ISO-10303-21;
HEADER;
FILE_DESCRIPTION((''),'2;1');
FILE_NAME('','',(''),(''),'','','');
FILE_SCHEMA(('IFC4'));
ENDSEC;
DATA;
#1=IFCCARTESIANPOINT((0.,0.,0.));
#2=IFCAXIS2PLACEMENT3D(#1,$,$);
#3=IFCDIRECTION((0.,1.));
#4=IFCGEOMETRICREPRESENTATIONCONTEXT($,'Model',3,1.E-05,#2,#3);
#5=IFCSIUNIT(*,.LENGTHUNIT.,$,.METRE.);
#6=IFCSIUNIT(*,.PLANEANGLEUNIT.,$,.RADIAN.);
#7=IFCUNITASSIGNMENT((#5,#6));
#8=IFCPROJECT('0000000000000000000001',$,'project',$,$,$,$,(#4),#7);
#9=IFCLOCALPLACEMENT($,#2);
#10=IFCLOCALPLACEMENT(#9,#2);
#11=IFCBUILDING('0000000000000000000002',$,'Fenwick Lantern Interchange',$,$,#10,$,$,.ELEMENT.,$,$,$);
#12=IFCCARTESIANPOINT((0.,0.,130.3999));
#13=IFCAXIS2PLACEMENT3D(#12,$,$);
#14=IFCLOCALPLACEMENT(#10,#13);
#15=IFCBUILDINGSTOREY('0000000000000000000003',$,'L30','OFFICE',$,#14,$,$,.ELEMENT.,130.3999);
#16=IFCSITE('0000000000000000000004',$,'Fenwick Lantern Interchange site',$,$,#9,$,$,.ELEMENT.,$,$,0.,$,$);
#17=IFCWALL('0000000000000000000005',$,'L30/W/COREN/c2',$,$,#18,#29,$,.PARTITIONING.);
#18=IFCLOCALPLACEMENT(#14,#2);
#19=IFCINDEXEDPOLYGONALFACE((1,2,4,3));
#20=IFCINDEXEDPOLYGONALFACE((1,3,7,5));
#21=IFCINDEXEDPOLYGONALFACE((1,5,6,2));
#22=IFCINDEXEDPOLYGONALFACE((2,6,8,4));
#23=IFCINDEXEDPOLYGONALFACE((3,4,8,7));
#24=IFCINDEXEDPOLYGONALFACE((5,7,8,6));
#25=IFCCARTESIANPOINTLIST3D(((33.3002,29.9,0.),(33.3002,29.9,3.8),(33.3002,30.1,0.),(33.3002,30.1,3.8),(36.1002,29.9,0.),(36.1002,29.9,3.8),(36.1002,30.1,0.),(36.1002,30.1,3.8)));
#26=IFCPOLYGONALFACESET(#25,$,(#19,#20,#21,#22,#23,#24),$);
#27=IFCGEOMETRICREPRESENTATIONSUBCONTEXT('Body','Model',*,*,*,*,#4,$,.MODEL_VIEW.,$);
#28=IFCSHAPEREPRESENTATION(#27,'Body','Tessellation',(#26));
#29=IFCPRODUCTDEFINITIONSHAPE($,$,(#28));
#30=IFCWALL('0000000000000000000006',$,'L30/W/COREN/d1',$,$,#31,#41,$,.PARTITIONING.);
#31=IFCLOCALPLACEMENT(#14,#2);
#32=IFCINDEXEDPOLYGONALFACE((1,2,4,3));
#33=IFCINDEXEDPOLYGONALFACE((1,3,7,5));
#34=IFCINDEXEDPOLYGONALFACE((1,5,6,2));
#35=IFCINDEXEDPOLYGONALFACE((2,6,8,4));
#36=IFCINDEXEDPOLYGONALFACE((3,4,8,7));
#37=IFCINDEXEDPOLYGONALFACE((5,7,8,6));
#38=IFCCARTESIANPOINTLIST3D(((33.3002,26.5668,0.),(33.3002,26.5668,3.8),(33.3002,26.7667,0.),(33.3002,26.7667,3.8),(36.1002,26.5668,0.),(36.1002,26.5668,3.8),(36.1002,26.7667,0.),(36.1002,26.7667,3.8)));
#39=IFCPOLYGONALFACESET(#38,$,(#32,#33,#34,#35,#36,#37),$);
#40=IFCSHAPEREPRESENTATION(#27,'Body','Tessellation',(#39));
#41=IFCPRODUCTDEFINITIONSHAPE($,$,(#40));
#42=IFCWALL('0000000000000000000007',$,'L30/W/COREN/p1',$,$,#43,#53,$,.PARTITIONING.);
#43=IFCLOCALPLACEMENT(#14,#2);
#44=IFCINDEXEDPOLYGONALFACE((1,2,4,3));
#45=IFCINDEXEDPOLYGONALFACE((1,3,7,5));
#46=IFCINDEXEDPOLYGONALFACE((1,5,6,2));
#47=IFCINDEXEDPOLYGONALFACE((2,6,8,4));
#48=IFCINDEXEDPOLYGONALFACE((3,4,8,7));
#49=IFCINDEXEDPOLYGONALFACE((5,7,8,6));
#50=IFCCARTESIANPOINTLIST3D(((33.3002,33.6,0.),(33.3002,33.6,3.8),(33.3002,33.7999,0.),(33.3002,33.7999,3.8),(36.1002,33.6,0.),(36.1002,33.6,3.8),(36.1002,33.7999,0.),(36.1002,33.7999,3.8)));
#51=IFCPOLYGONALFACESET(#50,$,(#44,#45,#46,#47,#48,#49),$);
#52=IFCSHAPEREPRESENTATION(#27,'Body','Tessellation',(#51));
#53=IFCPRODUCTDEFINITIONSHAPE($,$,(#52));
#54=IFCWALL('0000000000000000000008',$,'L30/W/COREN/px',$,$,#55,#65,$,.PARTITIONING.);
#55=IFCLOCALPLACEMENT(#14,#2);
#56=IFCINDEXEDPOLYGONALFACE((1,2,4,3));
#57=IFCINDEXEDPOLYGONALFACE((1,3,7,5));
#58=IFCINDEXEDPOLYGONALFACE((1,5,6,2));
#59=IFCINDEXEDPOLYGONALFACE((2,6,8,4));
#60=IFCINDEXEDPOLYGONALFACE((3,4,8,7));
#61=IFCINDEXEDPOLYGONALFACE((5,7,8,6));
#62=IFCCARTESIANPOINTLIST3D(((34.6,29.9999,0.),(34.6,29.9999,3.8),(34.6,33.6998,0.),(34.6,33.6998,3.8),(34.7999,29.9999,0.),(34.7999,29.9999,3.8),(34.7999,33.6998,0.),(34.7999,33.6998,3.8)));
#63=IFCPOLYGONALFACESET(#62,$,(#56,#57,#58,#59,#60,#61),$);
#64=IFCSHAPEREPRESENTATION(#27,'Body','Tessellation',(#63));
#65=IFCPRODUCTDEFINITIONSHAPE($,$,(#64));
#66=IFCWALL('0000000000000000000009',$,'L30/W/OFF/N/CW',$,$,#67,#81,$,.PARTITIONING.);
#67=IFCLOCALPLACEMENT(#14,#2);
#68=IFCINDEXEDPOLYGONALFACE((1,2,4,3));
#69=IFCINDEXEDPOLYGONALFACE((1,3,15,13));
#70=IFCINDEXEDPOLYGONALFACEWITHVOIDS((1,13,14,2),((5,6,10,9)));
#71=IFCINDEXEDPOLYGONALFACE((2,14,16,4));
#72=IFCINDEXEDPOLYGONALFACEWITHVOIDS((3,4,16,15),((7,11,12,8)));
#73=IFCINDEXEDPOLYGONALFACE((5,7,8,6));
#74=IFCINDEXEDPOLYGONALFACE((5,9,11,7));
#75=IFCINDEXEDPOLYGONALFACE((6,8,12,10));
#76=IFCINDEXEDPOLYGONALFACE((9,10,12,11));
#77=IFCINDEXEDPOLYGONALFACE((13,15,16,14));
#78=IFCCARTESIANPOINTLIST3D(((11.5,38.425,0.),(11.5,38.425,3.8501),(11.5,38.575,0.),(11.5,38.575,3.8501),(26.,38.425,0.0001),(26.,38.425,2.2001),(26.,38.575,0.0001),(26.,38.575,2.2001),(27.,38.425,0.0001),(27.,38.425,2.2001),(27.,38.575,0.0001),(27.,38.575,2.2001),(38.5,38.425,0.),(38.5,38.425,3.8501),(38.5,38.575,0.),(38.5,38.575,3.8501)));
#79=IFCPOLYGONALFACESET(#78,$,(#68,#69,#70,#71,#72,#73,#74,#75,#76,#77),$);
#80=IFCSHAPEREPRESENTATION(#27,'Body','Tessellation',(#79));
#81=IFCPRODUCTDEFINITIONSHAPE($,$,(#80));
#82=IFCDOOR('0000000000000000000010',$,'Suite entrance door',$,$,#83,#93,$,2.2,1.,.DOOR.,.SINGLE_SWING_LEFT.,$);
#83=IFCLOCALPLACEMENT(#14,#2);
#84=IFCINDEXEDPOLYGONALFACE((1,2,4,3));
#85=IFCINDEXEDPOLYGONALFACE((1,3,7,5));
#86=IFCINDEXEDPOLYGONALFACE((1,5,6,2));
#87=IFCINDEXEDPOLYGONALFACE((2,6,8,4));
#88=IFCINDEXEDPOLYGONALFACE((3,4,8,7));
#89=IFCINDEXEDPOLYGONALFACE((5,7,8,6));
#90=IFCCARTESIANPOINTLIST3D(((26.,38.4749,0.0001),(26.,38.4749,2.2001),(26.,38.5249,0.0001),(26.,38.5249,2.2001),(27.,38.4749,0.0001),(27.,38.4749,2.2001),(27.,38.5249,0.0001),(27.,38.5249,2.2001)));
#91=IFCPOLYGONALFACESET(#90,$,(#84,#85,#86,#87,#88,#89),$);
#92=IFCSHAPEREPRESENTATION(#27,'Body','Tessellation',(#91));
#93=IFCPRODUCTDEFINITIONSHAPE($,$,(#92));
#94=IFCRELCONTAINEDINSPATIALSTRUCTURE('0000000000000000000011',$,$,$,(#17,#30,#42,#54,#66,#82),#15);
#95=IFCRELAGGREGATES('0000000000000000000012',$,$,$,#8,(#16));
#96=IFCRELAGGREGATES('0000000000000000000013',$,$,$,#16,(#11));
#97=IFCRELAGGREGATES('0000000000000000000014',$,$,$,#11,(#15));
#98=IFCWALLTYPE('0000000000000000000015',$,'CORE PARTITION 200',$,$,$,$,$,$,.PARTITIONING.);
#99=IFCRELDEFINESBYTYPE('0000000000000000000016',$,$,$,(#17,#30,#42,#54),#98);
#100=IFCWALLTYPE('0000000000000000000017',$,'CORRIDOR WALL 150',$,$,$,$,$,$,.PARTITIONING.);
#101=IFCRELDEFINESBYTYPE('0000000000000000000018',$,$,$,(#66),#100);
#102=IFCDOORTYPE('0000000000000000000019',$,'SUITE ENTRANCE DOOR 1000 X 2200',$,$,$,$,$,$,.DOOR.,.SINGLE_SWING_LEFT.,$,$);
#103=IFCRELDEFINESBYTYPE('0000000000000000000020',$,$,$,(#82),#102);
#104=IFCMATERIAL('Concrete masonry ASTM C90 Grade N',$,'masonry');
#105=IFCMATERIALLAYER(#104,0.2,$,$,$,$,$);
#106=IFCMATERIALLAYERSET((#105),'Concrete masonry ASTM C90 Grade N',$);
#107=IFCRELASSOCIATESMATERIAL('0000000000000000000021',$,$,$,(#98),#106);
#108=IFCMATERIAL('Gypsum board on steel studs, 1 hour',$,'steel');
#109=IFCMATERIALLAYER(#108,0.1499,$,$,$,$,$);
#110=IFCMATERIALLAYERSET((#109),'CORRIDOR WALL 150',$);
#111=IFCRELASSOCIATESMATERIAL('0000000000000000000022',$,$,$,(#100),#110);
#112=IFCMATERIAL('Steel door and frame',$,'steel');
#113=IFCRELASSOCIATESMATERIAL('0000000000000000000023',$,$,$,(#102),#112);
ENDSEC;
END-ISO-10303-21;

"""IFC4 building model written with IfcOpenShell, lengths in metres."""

from ifc_helpers import new_model, si_unit, direction, frame, frame_2d, origin, place, context, subcontext, project, spatial, rectangle, extrude, material, layer, layer_set, type_object, element, fill, save


model = new_model("IFC4")

# Units and contexts
model_context = context("Model", 3, precision=1e-05, world=origin(), true_north=direction((0.0, 1.0)))
body_context = subcontext(model_context, "Body", "Model", "MODEL_VIEW")
ifc_project = project(units=[si_unit("LENGTHUNIT", "METRE"), si_unit("PLANEANGLEUNIT", "RADIAN")], contexts=[model_context])

# Site, building, storey
site_placement = place(None, origin())
site = spatial("IfcSite", under=ifc_project, at=site_placement, Name="Fenwick Lantern Interchange site", CompositionType="ELEMENT", RefElevation=0.0)
building_placement = place(site_placement, origin())
building = spatial("IfcBuilding", under=site, at=building_placement, Name="Fenwick Lantern Interchange", CompositionType="ELEMENT")
storey_placement = place(building_placement, frame((0.0, 0.0, 130.3999)))
storey = spatial("IfcBuildingStorey", under=building, at=storey_placement, Name="L30", Description="OFFICE", CompositionType="ELEMENT", Elevation=130.3999)

# Shared definitions
ifc_material_1 = material(Name="Concrete masonry ASTM C90 Grade N", Category="masonry")
ifc_layer_1 = layer(ifc_material_1, 0.2)
ifc_layer_set_1 = layer_set([ifc_layer_1], Name="Concrete masonry ASTM C90 Grade N")
wall_type_1 = type_object("IfcWallType", Name="CORE PARTITION 200", PredefinedType="PARTITIONING", material=ifc_layer_set_1)
ifc_material_2 = material(Name="Steel door and frame", Category="steel")

# Walls
for number, where, z_axis, x_axis, name in (
    (1, (36.1001, 30.0, 0.0), (0.0, 0.0, 1.0), (-1.0, 0.0, 0.0), "L30/W/COREN/c2"),
    (2, (36.1001, 26.6667, 0.0), (0.0, 0.0, 1.0), (-1.0, 0.0, 0.0), "L30/W/COREN/d1"),
    (3, (36.1001, 33.7, 0.0), (0.0, 0.0, 1.0), (-1.0, 0.0, 0.0), "L30/W/COREN/p1"),
):
    element("IfcWall", number, at=place(storey_placement, frame(where, z_axis=z_axis, x_axis=x_axis)), inside=storey, type_object=wall_type_1, Name=name, PredefinedType="PARTITIONING", context=body_context, shape_type="SweptSolid", body=[
        extrude(rectangle(XDim=2.8, YDim=0.2, at=frame_2d((1.3999, 0.0))), origin(), (0.0, 0.0, 1.0), 3.8),
    ])
wall_1_placement = place(storey_placement, frame((34.7, 33.7, 0.0), z_axis=(0.0, 0.0, 1.0), x_axis=(0.0, -1.0, 0.0)))
element("IfcWall", 4, at=wall_1_placement, inside=storey, type_object=wall_type_1, Name="L30/W/COREN/px", PredefinedType="PARTITIONING", context=body_context, shape_type="SweptSolid", body=[
    extrude(rectangle(XDim=3.7, YDim=0.2, at=frame_2d((1.8501, 0.0))), origin(), (0.0, 0.0, 1.0), 3.8),
])

# Wall, opening, door
ifc_material_3 = material(Name="Gypsum board on steel studs, 1 hour", Category="steel")
ifc_layer_2 = layer(ifc_material_3, 0.1499)
ifc_layer_set_2 = layer_set([ifc_layer_2], Name="CORRIDOR WALL 150")
wall_type_2 = type_object("IfcWallType", Name="CORRIDOR WALL 150", PredefinedType="PARTITIONING", material=ifc_layer_set_2)
wall_2_placement = place(storey_placement, frame((38.5, 38.5, 0.0), z_axis=(0.0, 0.0, 1.0), x_axis=(-1.0, 0.0, 0.0)))
wall_2 = element("IfcWall", 5, at=wall_2_placement, inside=storey, type_object=wall_type_2, Name="L30/W/OFF/N/CW", PredefinedType="PARTITIONING", context=body_context, shape_type="SweptSolid", body=[
    extrude(rectangle(XDim=27.0, YDim=0.1499, at=frame_2d((13.5, 0.0))), origin(), (0.0, 0.0, 1.0), 3.8501),
])
opening_1_placement = place(wall_2_placement, frame((11.5, 0.0, 0.0)))
opening_1 = element("IfcOpeningElement", 6, at=opening_1_placement, cuts=wall_2, PredefinedType="OPENING", context=body_context, shape_type="SweptSolid", body=[
    extrude(rectangle(XDim=1.0, YDim=2.2, at=frame_2d((0.5, 1.1001))), frame((0.0, 0.085, 0.0), z_axis=(0.0, -1.0, 0.0), x_axis=(1.0, 0.0, 0.0)), (0.0, 0.0, 1.0), 0.1699),
])
door_type_1 = type_object("IfcDoorType", Name="SUITE ENTRANCE DOOR 1000 X 2200", OperationType="SINGLE_SWING_LEFT", PredefinedType="DOOR", material=ifc_material_2)
door_1_placement = place(opening_1_placement, frame((1.0, 0.0, 0.0), z_axis=(0.0, 0.0, 1.0), x_axis=(-1.0, 0.0, 0.0)))
door_1 = element("IfcDoor", 7, at=door_1_placement, inside=storey, type_object=door_type_1, Name="Suite entrance door", OperationType="SINGLE_SWING_LEFT", OverallHeight=2.2, OverallWidth=1.0, PredefinedType="DOOR", context=body_context, shape_type="SweptSolid", body=[
    extrude(rectangle(XDim=1.0, YDim=2.2, at=frame_2d((0.5, 1.1001))), frame((0.0, 0.0249, 0.0), z_axis=(0.0, -1.0, 0.0), x_axis=(1.0, 0.0, 0.0)), (0.0, 0.0, 1.0), 0.05),
])
fill(opening_1, door_1)

save(model, "model.ifc")
